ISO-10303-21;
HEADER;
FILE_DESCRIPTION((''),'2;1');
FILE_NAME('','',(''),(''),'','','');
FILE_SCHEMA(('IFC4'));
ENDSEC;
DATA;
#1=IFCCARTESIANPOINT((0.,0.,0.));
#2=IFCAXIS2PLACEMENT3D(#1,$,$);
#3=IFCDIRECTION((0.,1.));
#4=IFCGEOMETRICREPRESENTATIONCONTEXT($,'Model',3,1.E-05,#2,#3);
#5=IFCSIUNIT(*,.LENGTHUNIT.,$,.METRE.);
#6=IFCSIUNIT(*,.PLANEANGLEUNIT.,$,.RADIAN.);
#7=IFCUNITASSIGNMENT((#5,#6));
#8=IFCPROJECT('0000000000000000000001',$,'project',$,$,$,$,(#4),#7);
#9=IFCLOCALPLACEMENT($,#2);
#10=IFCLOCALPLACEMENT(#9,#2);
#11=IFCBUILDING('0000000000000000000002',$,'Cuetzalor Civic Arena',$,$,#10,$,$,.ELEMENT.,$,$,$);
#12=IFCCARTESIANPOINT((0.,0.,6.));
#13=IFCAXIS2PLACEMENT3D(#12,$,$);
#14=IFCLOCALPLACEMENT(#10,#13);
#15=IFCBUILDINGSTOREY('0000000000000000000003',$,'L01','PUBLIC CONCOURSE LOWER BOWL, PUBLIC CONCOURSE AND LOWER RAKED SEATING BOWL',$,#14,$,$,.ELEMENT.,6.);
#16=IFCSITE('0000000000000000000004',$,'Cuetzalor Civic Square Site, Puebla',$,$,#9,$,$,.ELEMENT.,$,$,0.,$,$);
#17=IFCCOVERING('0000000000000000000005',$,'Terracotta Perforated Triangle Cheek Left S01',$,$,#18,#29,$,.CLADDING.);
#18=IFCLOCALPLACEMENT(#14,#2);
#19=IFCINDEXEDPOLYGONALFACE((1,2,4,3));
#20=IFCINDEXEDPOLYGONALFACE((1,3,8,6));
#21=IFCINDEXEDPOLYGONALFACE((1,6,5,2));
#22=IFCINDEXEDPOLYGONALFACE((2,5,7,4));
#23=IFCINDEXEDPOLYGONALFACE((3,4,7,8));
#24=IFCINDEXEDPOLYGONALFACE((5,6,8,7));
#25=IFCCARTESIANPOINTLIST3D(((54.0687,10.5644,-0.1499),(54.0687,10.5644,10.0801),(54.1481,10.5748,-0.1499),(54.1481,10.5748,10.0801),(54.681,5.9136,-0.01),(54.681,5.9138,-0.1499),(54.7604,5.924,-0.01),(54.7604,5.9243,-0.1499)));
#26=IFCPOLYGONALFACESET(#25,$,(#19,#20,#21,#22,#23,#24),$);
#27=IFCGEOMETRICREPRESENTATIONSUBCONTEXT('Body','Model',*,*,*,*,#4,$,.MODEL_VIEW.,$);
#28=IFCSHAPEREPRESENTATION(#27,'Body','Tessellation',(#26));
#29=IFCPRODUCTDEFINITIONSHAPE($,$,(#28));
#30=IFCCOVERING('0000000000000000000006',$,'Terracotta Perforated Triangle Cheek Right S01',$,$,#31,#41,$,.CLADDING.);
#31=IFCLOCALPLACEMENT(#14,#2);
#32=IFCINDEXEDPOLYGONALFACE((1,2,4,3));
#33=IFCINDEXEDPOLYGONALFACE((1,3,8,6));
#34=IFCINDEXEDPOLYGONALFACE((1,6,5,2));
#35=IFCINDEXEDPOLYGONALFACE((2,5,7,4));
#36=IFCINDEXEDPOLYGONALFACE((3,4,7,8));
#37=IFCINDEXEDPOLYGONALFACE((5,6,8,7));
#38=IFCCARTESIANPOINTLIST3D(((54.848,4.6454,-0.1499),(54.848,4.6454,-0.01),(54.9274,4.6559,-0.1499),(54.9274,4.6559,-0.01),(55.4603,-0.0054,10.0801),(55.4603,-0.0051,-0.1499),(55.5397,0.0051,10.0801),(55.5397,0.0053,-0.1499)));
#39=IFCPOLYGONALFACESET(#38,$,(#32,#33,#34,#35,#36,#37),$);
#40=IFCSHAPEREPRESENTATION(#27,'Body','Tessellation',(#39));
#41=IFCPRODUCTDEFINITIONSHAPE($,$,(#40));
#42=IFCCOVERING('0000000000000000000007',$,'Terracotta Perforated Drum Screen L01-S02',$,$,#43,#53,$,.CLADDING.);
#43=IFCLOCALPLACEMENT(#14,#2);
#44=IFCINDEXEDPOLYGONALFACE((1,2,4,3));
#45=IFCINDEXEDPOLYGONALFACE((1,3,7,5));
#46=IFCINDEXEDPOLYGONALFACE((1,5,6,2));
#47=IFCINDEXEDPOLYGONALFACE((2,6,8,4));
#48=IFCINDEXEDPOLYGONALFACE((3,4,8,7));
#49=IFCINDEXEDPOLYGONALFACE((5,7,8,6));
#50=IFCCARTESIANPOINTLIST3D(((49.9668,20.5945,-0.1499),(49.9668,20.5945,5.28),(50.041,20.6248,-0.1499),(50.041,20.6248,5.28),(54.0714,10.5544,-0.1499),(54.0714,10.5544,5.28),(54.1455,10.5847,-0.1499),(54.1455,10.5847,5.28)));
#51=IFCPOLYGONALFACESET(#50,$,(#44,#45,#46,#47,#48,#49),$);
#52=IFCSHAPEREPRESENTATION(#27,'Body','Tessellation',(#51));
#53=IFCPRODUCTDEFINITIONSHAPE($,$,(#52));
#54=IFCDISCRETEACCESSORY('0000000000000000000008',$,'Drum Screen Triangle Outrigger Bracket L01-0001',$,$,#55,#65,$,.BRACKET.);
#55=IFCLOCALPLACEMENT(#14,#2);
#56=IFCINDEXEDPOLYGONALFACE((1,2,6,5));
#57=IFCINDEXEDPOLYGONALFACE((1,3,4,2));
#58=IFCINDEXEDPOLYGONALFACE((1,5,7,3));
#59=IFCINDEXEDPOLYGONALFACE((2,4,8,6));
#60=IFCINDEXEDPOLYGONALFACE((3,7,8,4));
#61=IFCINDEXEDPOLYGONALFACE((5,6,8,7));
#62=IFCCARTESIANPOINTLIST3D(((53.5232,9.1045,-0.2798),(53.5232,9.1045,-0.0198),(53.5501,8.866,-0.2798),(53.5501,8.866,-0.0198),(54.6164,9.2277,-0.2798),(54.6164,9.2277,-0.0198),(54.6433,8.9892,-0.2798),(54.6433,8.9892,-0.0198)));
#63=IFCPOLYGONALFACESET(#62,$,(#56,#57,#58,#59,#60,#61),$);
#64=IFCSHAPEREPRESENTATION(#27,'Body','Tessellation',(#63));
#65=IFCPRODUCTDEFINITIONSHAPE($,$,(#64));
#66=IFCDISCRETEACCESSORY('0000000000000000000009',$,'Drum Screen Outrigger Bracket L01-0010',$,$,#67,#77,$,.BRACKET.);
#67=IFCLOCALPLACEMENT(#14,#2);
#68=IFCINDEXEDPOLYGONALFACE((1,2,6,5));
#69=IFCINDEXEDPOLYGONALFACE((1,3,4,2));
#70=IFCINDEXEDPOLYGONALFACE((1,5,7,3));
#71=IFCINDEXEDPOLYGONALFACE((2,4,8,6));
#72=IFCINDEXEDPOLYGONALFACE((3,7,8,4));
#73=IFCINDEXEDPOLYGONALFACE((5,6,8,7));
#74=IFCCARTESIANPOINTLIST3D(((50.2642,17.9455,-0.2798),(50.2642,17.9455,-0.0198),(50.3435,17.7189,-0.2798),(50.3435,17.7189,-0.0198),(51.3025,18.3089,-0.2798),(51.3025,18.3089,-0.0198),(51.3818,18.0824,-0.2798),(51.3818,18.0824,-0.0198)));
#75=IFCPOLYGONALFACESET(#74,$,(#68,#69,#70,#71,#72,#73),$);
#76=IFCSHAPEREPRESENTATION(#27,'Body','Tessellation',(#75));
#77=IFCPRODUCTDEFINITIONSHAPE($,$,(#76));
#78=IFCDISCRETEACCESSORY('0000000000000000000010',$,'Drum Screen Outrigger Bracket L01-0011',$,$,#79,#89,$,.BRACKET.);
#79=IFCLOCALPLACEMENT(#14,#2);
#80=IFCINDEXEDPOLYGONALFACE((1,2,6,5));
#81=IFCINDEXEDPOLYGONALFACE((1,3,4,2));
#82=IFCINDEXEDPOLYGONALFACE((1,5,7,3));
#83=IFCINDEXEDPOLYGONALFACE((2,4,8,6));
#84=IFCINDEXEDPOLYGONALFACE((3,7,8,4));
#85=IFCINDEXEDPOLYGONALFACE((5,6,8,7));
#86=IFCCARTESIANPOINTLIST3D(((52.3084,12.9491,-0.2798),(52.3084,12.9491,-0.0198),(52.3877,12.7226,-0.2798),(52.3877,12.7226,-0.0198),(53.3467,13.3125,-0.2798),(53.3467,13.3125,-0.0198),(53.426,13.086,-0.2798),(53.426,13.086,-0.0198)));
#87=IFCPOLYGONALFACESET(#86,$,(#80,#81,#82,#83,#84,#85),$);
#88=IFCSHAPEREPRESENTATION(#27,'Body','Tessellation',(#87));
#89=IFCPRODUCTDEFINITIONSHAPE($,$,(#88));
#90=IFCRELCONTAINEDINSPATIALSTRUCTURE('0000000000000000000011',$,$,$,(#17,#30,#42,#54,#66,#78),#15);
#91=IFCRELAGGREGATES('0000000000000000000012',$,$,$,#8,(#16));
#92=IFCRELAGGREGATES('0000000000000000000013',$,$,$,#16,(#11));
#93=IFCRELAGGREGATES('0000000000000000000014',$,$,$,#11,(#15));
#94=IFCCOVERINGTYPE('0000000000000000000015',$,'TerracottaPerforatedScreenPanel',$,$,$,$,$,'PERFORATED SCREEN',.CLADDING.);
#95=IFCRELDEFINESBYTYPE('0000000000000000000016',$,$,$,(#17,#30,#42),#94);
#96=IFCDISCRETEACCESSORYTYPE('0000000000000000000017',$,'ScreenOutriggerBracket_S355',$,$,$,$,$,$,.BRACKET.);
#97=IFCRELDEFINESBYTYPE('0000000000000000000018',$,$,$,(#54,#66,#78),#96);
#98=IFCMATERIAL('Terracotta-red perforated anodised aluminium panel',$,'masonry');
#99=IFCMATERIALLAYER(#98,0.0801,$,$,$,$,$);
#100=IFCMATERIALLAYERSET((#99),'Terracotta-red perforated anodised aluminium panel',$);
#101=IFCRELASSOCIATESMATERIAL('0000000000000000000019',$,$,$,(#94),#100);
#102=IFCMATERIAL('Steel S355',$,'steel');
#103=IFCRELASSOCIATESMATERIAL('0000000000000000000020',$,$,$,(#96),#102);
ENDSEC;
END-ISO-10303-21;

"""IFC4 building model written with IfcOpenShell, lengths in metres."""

from ifc_helpers import new_model, si_unit, direction, frame, frame_2d, origin, origin_2d, place, context, subcontext, project, spatial, polyline, rectangle, outline, extrude, material, layer, layer_set, type_object, element, save


model = new_model("IFC4")

# Units and contexts
model_context = context("Model", 3, precision=1e-05, world=origin(), true_north=direction((0.0, 1.0)))
body_context = subcontext(model_context, "Body", "Model", "MODEL_VIEW")
ifc_project = project(units=[si_unit("LENGTHUNIT", "METRE"), si_unit("PLANEANGLEUNIT", "RADIAN")], contexts=[model_context])

# Site, building, storey
site_placement = place(None, origin())
site = spatial("IfcSite", under=ifc_project, at=site_placement, Name="Cuetzalor Civic Square Site, Puebla", CompositionType="ELEMENT", RefElevation=0.0)
building_placement = place(site_placement, origin())
building = spatial("IfcBuilding", under=site, at=building_placement, Name="Cuetzalor Civic Arena", CompositionType="ELEMENT")
storey_placement = place(building_placement, frame((0.0, 0.0, 6.0)))
storey = spatial("IfcBuildingStorey", under=building, at=storey_placement, Name="L01", Description="PUBLIC CONCOURSE LOWER BOWL, PUBLIC CONCOURSE AND LOWER RAKED SEATING BOWL", CompositionType="ELEMENT", Elevation=6.0)

# Coverings
ifc_material_1 = material(Name="Terracotta-red perforated anodised aluminium panel", Category="masonry")
ifc_layer_1 = layer(ifc_material_1, 0.0801)
ifc_layer_set_1 = layer_set([ifc_layer_1], Name="Terracotta-red perforated anodised aluminium panel")
covering_type = type_object("IfcCoveringType", Name="TerracottaPerforatedScreenPanel", ElementType="PERFORATED SCREEN", PredefinedType="CLADDING", material=ifc_layer_set_1)
covering_1_placement = place(storey_placement, frame((54.1084, 10.5696, -0.1499), z_axis=(0.0, 0.0, 1.0), x_axis=(0.130534, -0.991444, 0.0)))
element("IfcCovering", 1, at=covering_1_placement, inside=storey, type_object=covering_type, Name="Terracotta Perforated Triangle Cheek Left S01", PredefinedType="CLADDING", context=body_context, shape_type="SweptSolid", body=[
    extrude(outline(polyline([(0.0, 0.0), (4.6907, 0.0), (4.6909, 0.1399), (0.0, 10.23), (0.0, 0.0)])), frame((0.0, 0.04, 0.0), z_axis=(0.0, -1.0, 0.0), x_axis=(1.0, 0.0, 0.0)), (0.0, 0.0, 1.0), 0.0801),
])
covering_2_placement = place(storey_placement, frame((54.8877, 4.6506, -0.1499), z_axis=(0.0, 0.0, 1.0), x_axis=(0.130534, -0.991444, 0.0)))
element("IfcCovering", 2, at=covering_2_placement, inside=storey, type_object=covering_type, Name="Terracotta Perforated Triangle Cheek Right S01", PredefinedType="CLADDING", context=body_context, shape_type="SweptSolid", body=[
    extrude(outline(polyline([(0.0, 0.0), (4.6907, 0.0), (4.6909, 10.23), (0.0, 0.1399), (0.0, 0.0)])), frame((0.0, 0.04, 0.0), z_axis=(0.0, -1.0, 0.0), x_axis=(1.0, 0.0, 0.0)), (0.0, 0.0, 1.0), 0.0801),
])
covering_3_placement = place(storey_placement, frame((50.0039, 20.6096, -0.1499), z_axis=(0.0, 0.0, 1.0), x_axis=(0.378412, -0.925637, 0.0)))
element("IfcCovering", 3, at=covering_3_placement, inside=storey, type_object=covering_type, Name="Terracotta Perforated Drum Screen L01-S02", PredefinedType="CLADDING", context=body_context, shape_type="SweptSolid", body=[
    extrude(rectangle(XDim=10.8467, YDim=0.0801, at=frame_2d((5.4233, 0.0))), origin(), (0.0, 0.0, 1.0), 5.4299),
])

# Discrete accessories
ifc_material_2 = material(Name="Steel S355", Category="steel")
discrete_accessory_type = type_object("IfcDiscreteAccessoryType", Name="ScreenOutriggerBracket_S355", PredefinedType="BRACKET", material=ifc_material_2)
for number, where, z_axis, x_axis, name in (
    (4, (54.0833, 9.0469, -0.2798), (0.0, 0.0, 1.0), (0.993709, 0.111989, 0.0), "Drum Screen Triangle Outrigger Bracket L01-0001"),
    (5, (50.823, 18.0139, -0.2798), (0.0, 0.0, 1.0), (0.943859, 0.33035, 0.0), "Drum Screen Outrigger Bracket L01-0010"),
    (6, (52.8672, 13.0176, -0.2798), (0.0, 0.0, 1.0), (0.943859, 0.33035, 0.0), "Drum Screen Outrigger Bracket L01-0011"),
):
    element("IfcDiscreteAccessory", number, at=place(storey_placement, frame(where, z_axis=z_axis, x_axis=x_axis)), inside=storey, type_object=discrete_accessory_type, Name=name, PredefinedType="BRACKET", context=body_context, shape_type="SweptSolid", body=[
        extrude(rectangle(XDim=1.1001, YDim=0.24, at=origin_2d()), origin(), (0.0, 0.0, 1.0), 0.26),
    ])

save(model, "model.ifc")
